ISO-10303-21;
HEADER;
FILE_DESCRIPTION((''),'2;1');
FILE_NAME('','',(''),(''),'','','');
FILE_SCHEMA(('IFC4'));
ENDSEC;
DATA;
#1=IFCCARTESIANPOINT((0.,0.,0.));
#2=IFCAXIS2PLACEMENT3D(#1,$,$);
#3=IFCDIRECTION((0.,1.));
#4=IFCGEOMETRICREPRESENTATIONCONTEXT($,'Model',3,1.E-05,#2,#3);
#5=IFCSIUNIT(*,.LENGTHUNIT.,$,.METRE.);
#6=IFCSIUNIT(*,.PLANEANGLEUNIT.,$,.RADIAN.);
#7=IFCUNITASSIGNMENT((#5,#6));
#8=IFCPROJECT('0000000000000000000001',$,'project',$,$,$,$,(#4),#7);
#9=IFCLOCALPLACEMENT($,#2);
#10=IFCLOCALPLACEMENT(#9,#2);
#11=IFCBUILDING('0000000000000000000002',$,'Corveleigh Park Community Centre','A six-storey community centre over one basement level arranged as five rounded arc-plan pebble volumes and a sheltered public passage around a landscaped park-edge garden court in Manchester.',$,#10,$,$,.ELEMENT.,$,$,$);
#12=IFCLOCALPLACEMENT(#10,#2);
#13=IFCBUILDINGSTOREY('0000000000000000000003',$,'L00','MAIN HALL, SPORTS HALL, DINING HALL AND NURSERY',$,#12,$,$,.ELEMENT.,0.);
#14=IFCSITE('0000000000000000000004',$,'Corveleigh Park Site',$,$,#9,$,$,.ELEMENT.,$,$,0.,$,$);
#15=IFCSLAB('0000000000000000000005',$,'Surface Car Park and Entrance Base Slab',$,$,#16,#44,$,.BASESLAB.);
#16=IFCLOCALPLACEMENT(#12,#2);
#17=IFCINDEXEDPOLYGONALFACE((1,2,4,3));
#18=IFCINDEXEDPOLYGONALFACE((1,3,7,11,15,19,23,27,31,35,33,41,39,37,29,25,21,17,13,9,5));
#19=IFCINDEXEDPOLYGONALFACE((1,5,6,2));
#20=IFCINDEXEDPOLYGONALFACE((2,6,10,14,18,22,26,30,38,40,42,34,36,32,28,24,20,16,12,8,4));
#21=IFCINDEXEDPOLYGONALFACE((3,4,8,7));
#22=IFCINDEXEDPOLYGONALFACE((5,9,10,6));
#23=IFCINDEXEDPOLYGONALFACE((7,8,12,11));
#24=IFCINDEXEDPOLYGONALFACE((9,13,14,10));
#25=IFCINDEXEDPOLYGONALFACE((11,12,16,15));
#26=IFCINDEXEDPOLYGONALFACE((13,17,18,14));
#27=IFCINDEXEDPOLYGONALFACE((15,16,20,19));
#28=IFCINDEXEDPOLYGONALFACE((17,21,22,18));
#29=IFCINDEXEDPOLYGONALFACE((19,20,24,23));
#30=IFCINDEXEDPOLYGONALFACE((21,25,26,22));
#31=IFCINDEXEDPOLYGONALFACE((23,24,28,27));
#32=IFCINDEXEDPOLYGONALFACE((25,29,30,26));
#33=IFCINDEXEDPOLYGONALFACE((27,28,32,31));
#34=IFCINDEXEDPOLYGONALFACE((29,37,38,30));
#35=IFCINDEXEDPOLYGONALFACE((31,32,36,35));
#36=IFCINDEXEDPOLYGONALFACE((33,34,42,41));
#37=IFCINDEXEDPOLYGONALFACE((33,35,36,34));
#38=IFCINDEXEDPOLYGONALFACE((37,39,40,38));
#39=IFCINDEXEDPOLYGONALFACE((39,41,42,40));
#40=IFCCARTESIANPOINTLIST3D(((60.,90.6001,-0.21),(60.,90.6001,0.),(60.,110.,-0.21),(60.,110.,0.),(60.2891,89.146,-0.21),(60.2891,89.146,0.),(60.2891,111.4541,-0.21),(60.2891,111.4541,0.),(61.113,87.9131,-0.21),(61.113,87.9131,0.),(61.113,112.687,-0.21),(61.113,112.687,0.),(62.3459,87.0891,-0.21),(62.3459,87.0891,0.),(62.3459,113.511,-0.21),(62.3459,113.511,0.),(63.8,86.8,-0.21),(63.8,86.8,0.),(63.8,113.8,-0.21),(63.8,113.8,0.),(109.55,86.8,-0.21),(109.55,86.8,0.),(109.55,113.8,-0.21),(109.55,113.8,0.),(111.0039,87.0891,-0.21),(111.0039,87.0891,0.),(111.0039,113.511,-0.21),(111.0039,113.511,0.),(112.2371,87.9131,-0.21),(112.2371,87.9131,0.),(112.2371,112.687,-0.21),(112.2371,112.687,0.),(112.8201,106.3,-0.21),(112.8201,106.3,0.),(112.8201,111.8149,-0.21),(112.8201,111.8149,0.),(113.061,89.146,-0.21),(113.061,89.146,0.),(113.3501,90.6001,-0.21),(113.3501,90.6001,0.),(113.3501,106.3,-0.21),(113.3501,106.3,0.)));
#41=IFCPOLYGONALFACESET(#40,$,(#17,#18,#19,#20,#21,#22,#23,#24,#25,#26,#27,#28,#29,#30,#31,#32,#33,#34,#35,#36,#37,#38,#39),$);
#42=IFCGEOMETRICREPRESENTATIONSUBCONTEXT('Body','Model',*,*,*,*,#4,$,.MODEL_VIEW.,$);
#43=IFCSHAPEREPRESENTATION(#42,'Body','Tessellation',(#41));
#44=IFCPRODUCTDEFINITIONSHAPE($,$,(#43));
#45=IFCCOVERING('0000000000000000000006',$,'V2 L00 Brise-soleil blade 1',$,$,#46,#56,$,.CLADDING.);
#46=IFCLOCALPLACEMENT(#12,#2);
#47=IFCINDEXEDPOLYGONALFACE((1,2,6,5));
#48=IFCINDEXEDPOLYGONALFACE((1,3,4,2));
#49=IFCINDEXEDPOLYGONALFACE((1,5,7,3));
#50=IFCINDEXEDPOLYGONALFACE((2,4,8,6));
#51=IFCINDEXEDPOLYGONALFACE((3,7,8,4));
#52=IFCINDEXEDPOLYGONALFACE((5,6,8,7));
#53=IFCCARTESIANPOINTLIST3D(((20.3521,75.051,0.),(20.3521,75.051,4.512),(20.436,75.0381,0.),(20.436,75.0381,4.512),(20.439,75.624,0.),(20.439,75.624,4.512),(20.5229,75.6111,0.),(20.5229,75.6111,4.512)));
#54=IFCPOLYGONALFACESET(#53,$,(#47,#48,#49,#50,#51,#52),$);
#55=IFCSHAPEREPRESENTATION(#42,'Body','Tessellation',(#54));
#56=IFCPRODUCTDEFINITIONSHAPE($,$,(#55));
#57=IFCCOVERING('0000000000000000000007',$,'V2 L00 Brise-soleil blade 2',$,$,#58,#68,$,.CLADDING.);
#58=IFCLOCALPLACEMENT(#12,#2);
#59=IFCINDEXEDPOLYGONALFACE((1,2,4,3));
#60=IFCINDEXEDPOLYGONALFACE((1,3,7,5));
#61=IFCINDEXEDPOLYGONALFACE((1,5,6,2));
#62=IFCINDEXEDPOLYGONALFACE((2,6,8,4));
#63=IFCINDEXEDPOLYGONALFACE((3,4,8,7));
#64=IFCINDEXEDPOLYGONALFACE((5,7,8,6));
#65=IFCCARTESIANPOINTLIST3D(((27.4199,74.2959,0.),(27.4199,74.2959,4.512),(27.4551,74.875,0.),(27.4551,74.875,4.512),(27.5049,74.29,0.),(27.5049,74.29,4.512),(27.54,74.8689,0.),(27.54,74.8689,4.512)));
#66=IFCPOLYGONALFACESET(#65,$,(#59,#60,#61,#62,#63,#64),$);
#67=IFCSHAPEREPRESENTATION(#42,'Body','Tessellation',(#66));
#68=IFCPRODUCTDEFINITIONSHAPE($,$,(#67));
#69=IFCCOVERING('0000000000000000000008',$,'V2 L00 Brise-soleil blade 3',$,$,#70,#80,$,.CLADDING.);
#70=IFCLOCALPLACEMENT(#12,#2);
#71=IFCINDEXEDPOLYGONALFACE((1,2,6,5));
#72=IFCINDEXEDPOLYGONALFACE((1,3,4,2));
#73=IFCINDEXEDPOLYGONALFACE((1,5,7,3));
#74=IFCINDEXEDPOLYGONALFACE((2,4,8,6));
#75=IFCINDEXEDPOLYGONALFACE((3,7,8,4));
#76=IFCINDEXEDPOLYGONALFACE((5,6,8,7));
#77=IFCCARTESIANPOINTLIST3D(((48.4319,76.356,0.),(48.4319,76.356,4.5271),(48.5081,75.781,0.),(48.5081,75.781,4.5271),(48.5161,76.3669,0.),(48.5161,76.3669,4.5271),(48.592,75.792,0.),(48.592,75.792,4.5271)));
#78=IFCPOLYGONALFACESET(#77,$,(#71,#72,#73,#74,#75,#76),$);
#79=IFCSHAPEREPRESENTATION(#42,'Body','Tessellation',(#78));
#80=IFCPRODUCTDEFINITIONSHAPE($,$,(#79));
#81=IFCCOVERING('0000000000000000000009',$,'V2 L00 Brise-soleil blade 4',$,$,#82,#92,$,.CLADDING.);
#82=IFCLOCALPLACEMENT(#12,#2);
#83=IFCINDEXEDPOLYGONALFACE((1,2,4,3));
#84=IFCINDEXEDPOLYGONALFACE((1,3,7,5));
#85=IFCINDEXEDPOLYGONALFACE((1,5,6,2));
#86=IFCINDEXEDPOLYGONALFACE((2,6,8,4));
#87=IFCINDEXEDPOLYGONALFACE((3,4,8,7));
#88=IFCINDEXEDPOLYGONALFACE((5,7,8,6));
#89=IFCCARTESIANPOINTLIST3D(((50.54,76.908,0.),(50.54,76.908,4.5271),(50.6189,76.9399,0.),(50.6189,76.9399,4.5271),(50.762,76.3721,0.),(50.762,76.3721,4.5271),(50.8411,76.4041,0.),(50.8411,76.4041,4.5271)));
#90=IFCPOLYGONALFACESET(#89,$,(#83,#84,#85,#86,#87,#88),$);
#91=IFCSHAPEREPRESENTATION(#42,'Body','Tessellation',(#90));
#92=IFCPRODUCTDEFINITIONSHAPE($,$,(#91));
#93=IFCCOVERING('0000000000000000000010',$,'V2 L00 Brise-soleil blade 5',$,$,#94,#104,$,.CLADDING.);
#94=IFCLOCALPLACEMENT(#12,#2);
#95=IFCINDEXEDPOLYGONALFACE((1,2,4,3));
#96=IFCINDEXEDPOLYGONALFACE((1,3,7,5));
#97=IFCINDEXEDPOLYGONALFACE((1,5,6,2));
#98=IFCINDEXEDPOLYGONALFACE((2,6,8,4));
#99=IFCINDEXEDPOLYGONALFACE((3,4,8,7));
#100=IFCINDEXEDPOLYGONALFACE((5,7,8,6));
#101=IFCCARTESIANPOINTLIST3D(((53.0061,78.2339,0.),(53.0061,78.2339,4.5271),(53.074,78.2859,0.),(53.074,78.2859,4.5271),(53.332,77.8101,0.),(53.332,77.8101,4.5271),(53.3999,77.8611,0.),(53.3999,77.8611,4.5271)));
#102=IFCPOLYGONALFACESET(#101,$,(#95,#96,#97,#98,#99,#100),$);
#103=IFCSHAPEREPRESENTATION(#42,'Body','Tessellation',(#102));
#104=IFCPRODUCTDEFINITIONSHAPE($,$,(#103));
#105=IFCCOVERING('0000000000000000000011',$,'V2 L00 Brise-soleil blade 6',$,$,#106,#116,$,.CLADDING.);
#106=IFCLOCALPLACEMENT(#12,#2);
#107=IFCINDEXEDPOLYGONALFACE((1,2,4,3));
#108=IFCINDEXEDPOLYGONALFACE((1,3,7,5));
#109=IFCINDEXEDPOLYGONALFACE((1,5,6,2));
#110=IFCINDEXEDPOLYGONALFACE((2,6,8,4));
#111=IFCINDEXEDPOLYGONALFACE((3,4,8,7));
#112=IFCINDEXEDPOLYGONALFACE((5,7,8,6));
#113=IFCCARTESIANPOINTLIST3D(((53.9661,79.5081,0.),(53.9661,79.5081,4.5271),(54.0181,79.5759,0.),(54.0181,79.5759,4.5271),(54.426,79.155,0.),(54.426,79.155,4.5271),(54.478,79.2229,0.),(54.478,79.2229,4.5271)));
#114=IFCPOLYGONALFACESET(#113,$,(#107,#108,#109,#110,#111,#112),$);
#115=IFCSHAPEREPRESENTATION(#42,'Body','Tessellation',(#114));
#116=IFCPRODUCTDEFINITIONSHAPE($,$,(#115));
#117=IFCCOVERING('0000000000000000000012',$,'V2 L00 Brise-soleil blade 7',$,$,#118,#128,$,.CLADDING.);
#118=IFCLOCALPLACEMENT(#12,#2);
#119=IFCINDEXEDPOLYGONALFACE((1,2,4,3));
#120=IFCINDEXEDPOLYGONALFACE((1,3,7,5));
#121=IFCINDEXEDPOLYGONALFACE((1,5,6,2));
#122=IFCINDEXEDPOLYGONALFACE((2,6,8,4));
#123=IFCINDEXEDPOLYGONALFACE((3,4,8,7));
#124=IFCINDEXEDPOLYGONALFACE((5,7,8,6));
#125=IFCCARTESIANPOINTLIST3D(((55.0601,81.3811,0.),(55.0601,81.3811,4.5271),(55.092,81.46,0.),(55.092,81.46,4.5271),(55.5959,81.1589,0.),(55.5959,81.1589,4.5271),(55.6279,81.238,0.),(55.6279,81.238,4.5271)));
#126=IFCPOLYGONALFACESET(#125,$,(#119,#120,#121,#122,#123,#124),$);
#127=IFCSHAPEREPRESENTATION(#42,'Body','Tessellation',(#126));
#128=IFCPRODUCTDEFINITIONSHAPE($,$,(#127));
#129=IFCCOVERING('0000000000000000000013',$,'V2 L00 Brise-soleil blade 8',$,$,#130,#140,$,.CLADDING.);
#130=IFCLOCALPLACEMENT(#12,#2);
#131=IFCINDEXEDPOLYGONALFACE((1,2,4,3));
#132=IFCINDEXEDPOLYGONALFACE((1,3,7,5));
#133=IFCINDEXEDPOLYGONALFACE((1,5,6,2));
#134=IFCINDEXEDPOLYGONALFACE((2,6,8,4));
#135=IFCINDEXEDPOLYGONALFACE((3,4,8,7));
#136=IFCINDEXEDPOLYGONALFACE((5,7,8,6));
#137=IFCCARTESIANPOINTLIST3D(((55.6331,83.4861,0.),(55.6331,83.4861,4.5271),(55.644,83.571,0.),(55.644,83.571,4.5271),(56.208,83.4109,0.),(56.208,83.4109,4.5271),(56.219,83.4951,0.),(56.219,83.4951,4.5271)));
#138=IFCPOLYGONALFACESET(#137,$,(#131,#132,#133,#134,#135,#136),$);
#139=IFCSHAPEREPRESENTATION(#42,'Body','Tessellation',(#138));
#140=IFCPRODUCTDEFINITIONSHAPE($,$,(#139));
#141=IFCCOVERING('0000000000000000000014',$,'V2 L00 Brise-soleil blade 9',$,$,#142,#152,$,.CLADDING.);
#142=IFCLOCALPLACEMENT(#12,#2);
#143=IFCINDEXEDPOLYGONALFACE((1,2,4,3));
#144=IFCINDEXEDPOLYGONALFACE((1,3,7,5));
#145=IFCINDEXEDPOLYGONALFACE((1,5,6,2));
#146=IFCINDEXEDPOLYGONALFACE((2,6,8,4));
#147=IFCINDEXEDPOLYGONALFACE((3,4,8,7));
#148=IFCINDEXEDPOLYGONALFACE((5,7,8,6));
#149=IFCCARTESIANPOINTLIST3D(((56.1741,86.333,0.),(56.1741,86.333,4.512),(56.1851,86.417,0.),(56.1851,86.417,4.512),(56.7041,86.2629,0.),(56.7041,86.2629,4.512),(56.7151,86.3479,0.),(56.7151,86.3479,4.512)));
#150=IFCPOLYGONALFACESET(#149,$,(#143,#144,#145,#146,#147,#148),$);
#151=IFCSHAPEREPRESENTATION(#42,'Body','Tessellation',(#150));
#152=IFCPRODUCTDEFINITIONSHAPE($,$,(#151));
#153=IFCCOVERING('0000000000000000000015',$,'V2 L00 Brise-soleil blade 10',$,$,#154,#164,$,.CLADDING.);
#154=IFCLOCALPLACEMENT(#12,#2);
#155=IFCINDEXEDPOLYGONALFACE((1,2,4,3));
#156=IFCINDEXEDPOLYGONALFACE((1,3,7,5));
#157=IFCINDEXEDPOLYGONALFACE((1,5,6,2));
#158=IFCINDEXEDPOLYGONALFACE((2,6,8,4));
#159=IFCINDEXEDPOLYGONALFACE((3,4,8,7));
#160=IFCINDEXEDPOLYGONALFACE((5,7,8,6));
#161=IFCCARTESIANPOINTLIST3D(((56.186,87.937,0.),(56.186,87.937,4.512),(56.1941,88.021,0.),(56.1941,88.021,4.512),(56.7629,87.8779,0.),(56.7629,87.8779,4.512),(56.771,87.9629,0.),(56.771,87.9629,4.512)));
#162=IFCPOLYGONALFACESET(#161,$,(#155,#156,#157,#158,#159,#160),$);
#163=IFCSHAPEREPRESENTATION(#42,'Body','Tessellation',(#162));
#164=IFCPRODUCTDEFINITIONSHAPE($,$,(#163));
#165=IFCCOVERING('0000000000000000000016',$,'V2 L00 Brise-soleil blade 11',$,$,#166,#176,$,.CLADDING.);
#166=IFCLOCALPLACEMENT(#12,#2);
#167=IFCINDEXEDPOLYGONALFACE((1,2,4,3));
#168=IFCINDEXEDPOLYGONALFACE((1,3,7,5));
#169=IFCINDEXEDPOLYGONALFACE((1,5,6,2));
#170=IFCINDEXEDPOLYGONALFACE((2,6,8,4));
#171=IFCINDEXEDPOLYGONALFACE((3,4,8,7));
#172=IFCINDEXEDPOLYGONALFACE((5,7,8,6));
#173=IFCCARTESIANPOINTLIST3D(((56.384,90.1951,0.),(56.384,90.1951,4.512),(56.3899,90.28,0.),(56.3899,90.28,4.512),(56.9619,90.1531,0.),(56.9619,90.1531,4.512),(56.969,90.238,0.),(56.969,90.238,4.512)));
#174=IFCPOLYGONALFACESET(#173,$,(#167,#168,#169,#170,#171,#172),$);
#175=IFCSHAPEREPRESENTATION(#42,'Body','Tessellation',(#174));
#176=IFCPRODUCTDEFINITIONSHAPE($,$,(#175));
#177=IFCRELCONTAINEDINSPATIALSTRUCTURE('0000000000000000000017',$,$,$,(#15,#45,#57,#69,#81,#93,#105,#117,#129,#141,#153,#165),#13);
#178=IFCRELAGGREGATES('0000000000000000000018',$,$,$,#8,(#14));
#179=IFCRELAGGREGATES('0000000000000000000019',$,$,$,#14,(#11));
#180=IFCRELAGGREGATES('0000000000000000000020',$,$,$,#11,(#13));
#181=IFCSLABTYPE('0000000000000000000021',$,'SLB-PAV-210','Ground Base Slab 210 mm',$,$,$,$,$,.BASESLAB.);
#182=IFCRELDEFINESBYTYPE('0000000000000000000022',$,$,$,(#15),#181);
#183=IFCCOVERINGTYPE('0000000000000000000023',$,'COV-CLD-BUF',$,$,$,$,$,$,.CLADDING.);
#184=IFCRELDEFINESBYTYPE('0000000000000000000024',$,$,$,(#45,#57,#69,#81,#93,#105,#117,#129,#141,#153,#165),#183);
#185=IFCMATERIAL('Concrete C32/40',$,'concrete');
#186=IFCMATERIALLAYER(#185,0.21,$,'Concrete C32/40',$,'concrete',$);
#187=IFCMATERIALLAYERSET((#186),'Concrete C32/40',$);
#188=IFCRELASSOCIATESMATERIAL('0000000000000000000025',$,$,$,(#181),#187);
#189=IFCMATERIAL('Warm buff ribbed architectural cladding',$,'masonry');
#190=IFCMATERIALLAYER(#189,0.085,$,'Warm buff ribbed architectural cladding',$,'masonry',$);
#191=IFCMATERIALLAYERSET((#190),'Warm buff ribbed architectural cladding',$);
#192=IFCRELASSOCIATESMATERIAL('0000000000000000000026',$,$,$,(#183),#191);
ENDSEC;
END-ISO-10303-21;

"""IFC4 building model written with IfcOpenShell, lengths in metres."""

from ifc_helpers import new_model, si_unit, direction, frame, origin, place, context, subcontext, project, spatial, polyline, outline, extrude, material, layer, layer_set, type_object, element, save


model = new_model("IFC4")

# Units and contexts
model_context = context("Model", 3, precision=1e-05, world=origin(), true_north=direction((0.0, 1.0)))
body_context = subcontext(model_context, "Body", "Model", "MODEL_VIEW")
ifc_project = project(units=[si_unit("LENGTHUNIT", "METRE"), si_unit("PLANEANGLEUNIT", "RADIAN")], contexts=[model_context])

# Site, building, storey
site_placement = place(None, origin())
site = spatial("IfcSite", under=ifc_project, at=site_placement, Name="Corveleigh Park Site", CompositionType="ELEMENT", RefElevation=0.0)
building_placement = place(site_placement, origin())
building = spatial("IfcBuilding", under=site, at=building_placement, Name="Corveleigh Park Community Centre", Description="A six-storey community centre over one basement level arranged as five rounded arc-plan pebble volumes and a sheltered public passage around a landscaped park-edge garden court in Manchester.", CompositionType="ELEMENT")
storey_placement = place(building_placement, origin())
storey = spatial("IfcBuildingStorey", under=building, at=storey_placement, Name="L00", Description="MAIN HALL, SPORTS HALL, DINING HALL AND NURSERY", CompositionType="ELEMENT", Elevation=0.0)

# Slab
ifc_material_1 = material(Name="Concrete C32/40", Category="concrete")
ifc_layer_1 = layer(ifc_material_1, 0.21, Name="Concrete C32/40", Category="concrete")
ifc_layer_set_1 = layer_set([ifc_layer_1], Name="Concrete C32/40")
slab_type_1 = type_object("IfcSlabType", Name="SLB-PAV-210", Description="Ground Base Slab 210 mm", PredefinedType="BASESLAB", material=ifc_layer_set_1)
slab_1_placement = place(storey_placement, frame((0.0, 0.0, -0.21)))
element("IfcSlab", 1, at=slab_1_placement, inside=storey, type_object=slab_type_1, Name="Surface Car Park and Entrance Base Slab", PredefinedType="BASESLAB", context=body_context, shape_type="SweptSolid", body=[
    extrude(outline(polyline([(113.3501, 106.3), (113.3501, 90.6001), (113.061, 89.146), (112.2371, 87.9131), (111.0039, 87.0891), (109.55, 86.8), (63.8, 86.8), (62.3459, 87.0891), (61.113, 87.9131), (60.2891, 89.146), (60.0, 90.6001), (60.0, 110.0), (60.2891, 111.4541), (61.113, 112.687), (62.3459, 113.511), (63.8, 113.8), (109.55, 113.8), (111.0039, 113.511), (112.2371, 112.687), (112.8201, 111.8149), (112.8201, 106.3), (113.3501, 106.3)])), origin(), (0.0, 0.0, 1.0), 0.21),
])

# Coverings
ifc_material_2 = material(Name="Warm buff ribbed architectural cladding", Category="masonry")
ifc_layer_2 = layer(ifc_material_2, 0.085, Name="Warm buff ribbed architectural cladding", Category="masonry")
ifc_layer_set_2 = layer_set([ifc_layer_2], Name="Warm buff ribbed architectural cladding")
covering_type = type_object("IfcCoveringType", Name="COV-CLD-BUF", PredefinedType="CLADDING", material=ifc_layer_set_2)
covering_1_placement = place(storey_placement, origin())
element("IfcCovering", 2, at=covering_1_placement, inside=storey, type_object=covering_type, Name="V2 L00 Brise-soleil blade 1", PredefinedType="CLADDING", context=body_context, shape_type="SweptSolid", body=[
    extrude(outline(polyline([(20.5229, 75.6111), (20.439, 75.624), (20.3521, 75.051), (20.436, 75.0381), (20.5229, 75.6111)])), origin(), (0.0, 0.0, 1.0), 4.512),
])
covering_2_placement = place(storey_placement, origin())
element("IfcCovering", 3, at=covering_2_placement, inside=storey, type_object=covering_type, Name="V2 L00 Brise-soleil blade 2", PredefinedType="CLADDING", context=body_context, shape_type="SweptSolid", body=[
    extrude(outline(polyline([(27.54, 74.8689), (27.4551, 74.875), (27.4199, 74.2959), (27.5049, 74.29), (27.54, 74.8689)])), origin(), (0.0, 0.0, 1.0), 4.512),
])
covering_3_placement = place(storey_placement, origin())
element("IfcCovering", 4, at=covering_3_placement, inside=storey, type_object=covering_type, Name="V2 L00 Brise-soleil blade 3", PredefinedType="CLADDING", context=body_context, shape_type="SweptSolid", body=[
    extrude(outline(polyline([(48.5161, 76.3669), (48.4319, 76.356), (48.5081, 75.781), (48.592, 75.792), (48.5161, 76.3669)])), origin(), (0.0, 0.0, 1.0), 4.5271),
])
covering_4_placement = place(storey_placement, origin())
element("IfcCovering", 5, at=covering_4_placement, inside=storey, type_object=covering_type, Name="V2 L00 Brise-soleil blade 4", PredefinedType="CLADDING", context=body_context, shape_type="SweptSolid", body=[
    extrude(outline(polyline([(50.6189, 76.9399), (50.54, 76.908), (50.762, 76.3721), (50.8411, 76.4041), (50.6189, 76.9399)])), origin(), (0.0, 0.0, 1.0), 4.5271),
])
covering_5_placement = place(storey_placement, origin())
element("IfcCovering", 6, at=covering_5_placement, inside=storey, type_object=covering_type, Name="V2 L00 Brise-soleil blade 5", PredefinedType="CLADDING", context=body_context, shape_type="SweptSolid", body=[
    extrude(outline(polyline([(53.074, 78.2859), (53.0061, 78.2339), (53.332, 77.8101), (53.3999, 77.8611), (53.074, 78.2859)])), origin(), (0.0, 0.0, 1.0), 4.5271),
])
covering_6_placement = place(storey_placement, origin())
element("IfcCovering", 7, at=covering_6_placement, inside=storey, type_object=covering_type, Name="V2 L00 Brise-soleil blade 6", PredefinedType="CLADDING", context=body_context, shape_type="SweptSolid", body=[
    extrude(outline(polyline([(54.0181, 79.5759), (53.9661, 79.5081), (54.426, 79.155), (54.478, 79.2229), (54.0181, 79.5759)])), origin(), (0.0, 0.0, 1.0), 4.5271),
])
covering_7_placement = place(storey_placement, origin())
element("IfcCovering", 8, at=covering_7_placement, inside=storey, type_object=covering_type, Name="V2 L00 Brise-soleil blade 7", PredefinedType="CLADDING", context=body_context, shape_type="SweptSolid", body=[
    extrude(outline(polyline([(55.092, 81.46), (55.0601, 81.3811), (55.5959, 81.1589), (55.6279, 81.238), (55.092, 81.46)])), origin(), (0.0, 0.0, 1.0), 4.5271),
])
covering_8_placement = place(storey_placement, origin())
element("IfcCovering", 9, at=covering_8_placement, inside=storey, type_object=covering_type, Name="V2 L00 Brise-soleil blade 8", PredefinedType="CLADDING", context=body_context, shape_type="SweptSolid", body=[
    extrude(outline(polyline([(55.644, 83.571), (55.6331, 83.4861), (56.208, 83.4109), (56.219, 83.4951), (55.644, 83.571)])), origin(), (0.0, 0.0, 1.0), 4.5271),
])
covering_9_placement = place(storey_placement, origin())
element("IfcCovering", 10, at=covering_9_placement, inside=storey, type_object=covering_type, Name="V2 L00 Brise-soleil blade 9", PredefinedType="CLADDING", context=body_context, shape_type="SweptSolid", body=[
    extrude(outline(polyline([(56.1851, 86.417), (56.1741, 86.333), (56.7041, 86.2629), (56.7151, 86.3479), (56.1851, 86.417)])), origin(), (0.0, 0.0, 1.0), 4.512),
])
covering_10_placement = place(storey_placement, origin())
element("IfcCovering", 11, at=covering_10_placement, inside=storey, type_object=covering_type, Name="V2 L00 Brise-soleil blade 10", PredefinedType="CLADDING", context=body_context, shape_type="SweptSolid", body=[
    extrude(outline(polyline([(56.1941, 88.021), (56.186, 87.937), (56.7629, 87.8779), (56.771, 87.9629), (56.1941, 88.021)])), origin(), (0.0, 0.0, 1.0), 4.512),
])
covering_11_placement = place(storey_placement, origin())
element("IfcCovering", 12, at=covering_11_placement, inside=storey, type_object=covering_type, Name="V2 L00 Brise-soleil blade 11", PredefinedType="CLADDING", context=body_context, shape_type="SweptSolid", body=[
    extrude(outline(polyline([(56.3899, 90.28), (56.384, 90.1951), (56.9619, 90.1531), (56.969, 90.238), (56.3899, 90.28)])), origin(), (0.0, 0.0, 1.0), 4.512),
])

save(model, "model.ifc")
